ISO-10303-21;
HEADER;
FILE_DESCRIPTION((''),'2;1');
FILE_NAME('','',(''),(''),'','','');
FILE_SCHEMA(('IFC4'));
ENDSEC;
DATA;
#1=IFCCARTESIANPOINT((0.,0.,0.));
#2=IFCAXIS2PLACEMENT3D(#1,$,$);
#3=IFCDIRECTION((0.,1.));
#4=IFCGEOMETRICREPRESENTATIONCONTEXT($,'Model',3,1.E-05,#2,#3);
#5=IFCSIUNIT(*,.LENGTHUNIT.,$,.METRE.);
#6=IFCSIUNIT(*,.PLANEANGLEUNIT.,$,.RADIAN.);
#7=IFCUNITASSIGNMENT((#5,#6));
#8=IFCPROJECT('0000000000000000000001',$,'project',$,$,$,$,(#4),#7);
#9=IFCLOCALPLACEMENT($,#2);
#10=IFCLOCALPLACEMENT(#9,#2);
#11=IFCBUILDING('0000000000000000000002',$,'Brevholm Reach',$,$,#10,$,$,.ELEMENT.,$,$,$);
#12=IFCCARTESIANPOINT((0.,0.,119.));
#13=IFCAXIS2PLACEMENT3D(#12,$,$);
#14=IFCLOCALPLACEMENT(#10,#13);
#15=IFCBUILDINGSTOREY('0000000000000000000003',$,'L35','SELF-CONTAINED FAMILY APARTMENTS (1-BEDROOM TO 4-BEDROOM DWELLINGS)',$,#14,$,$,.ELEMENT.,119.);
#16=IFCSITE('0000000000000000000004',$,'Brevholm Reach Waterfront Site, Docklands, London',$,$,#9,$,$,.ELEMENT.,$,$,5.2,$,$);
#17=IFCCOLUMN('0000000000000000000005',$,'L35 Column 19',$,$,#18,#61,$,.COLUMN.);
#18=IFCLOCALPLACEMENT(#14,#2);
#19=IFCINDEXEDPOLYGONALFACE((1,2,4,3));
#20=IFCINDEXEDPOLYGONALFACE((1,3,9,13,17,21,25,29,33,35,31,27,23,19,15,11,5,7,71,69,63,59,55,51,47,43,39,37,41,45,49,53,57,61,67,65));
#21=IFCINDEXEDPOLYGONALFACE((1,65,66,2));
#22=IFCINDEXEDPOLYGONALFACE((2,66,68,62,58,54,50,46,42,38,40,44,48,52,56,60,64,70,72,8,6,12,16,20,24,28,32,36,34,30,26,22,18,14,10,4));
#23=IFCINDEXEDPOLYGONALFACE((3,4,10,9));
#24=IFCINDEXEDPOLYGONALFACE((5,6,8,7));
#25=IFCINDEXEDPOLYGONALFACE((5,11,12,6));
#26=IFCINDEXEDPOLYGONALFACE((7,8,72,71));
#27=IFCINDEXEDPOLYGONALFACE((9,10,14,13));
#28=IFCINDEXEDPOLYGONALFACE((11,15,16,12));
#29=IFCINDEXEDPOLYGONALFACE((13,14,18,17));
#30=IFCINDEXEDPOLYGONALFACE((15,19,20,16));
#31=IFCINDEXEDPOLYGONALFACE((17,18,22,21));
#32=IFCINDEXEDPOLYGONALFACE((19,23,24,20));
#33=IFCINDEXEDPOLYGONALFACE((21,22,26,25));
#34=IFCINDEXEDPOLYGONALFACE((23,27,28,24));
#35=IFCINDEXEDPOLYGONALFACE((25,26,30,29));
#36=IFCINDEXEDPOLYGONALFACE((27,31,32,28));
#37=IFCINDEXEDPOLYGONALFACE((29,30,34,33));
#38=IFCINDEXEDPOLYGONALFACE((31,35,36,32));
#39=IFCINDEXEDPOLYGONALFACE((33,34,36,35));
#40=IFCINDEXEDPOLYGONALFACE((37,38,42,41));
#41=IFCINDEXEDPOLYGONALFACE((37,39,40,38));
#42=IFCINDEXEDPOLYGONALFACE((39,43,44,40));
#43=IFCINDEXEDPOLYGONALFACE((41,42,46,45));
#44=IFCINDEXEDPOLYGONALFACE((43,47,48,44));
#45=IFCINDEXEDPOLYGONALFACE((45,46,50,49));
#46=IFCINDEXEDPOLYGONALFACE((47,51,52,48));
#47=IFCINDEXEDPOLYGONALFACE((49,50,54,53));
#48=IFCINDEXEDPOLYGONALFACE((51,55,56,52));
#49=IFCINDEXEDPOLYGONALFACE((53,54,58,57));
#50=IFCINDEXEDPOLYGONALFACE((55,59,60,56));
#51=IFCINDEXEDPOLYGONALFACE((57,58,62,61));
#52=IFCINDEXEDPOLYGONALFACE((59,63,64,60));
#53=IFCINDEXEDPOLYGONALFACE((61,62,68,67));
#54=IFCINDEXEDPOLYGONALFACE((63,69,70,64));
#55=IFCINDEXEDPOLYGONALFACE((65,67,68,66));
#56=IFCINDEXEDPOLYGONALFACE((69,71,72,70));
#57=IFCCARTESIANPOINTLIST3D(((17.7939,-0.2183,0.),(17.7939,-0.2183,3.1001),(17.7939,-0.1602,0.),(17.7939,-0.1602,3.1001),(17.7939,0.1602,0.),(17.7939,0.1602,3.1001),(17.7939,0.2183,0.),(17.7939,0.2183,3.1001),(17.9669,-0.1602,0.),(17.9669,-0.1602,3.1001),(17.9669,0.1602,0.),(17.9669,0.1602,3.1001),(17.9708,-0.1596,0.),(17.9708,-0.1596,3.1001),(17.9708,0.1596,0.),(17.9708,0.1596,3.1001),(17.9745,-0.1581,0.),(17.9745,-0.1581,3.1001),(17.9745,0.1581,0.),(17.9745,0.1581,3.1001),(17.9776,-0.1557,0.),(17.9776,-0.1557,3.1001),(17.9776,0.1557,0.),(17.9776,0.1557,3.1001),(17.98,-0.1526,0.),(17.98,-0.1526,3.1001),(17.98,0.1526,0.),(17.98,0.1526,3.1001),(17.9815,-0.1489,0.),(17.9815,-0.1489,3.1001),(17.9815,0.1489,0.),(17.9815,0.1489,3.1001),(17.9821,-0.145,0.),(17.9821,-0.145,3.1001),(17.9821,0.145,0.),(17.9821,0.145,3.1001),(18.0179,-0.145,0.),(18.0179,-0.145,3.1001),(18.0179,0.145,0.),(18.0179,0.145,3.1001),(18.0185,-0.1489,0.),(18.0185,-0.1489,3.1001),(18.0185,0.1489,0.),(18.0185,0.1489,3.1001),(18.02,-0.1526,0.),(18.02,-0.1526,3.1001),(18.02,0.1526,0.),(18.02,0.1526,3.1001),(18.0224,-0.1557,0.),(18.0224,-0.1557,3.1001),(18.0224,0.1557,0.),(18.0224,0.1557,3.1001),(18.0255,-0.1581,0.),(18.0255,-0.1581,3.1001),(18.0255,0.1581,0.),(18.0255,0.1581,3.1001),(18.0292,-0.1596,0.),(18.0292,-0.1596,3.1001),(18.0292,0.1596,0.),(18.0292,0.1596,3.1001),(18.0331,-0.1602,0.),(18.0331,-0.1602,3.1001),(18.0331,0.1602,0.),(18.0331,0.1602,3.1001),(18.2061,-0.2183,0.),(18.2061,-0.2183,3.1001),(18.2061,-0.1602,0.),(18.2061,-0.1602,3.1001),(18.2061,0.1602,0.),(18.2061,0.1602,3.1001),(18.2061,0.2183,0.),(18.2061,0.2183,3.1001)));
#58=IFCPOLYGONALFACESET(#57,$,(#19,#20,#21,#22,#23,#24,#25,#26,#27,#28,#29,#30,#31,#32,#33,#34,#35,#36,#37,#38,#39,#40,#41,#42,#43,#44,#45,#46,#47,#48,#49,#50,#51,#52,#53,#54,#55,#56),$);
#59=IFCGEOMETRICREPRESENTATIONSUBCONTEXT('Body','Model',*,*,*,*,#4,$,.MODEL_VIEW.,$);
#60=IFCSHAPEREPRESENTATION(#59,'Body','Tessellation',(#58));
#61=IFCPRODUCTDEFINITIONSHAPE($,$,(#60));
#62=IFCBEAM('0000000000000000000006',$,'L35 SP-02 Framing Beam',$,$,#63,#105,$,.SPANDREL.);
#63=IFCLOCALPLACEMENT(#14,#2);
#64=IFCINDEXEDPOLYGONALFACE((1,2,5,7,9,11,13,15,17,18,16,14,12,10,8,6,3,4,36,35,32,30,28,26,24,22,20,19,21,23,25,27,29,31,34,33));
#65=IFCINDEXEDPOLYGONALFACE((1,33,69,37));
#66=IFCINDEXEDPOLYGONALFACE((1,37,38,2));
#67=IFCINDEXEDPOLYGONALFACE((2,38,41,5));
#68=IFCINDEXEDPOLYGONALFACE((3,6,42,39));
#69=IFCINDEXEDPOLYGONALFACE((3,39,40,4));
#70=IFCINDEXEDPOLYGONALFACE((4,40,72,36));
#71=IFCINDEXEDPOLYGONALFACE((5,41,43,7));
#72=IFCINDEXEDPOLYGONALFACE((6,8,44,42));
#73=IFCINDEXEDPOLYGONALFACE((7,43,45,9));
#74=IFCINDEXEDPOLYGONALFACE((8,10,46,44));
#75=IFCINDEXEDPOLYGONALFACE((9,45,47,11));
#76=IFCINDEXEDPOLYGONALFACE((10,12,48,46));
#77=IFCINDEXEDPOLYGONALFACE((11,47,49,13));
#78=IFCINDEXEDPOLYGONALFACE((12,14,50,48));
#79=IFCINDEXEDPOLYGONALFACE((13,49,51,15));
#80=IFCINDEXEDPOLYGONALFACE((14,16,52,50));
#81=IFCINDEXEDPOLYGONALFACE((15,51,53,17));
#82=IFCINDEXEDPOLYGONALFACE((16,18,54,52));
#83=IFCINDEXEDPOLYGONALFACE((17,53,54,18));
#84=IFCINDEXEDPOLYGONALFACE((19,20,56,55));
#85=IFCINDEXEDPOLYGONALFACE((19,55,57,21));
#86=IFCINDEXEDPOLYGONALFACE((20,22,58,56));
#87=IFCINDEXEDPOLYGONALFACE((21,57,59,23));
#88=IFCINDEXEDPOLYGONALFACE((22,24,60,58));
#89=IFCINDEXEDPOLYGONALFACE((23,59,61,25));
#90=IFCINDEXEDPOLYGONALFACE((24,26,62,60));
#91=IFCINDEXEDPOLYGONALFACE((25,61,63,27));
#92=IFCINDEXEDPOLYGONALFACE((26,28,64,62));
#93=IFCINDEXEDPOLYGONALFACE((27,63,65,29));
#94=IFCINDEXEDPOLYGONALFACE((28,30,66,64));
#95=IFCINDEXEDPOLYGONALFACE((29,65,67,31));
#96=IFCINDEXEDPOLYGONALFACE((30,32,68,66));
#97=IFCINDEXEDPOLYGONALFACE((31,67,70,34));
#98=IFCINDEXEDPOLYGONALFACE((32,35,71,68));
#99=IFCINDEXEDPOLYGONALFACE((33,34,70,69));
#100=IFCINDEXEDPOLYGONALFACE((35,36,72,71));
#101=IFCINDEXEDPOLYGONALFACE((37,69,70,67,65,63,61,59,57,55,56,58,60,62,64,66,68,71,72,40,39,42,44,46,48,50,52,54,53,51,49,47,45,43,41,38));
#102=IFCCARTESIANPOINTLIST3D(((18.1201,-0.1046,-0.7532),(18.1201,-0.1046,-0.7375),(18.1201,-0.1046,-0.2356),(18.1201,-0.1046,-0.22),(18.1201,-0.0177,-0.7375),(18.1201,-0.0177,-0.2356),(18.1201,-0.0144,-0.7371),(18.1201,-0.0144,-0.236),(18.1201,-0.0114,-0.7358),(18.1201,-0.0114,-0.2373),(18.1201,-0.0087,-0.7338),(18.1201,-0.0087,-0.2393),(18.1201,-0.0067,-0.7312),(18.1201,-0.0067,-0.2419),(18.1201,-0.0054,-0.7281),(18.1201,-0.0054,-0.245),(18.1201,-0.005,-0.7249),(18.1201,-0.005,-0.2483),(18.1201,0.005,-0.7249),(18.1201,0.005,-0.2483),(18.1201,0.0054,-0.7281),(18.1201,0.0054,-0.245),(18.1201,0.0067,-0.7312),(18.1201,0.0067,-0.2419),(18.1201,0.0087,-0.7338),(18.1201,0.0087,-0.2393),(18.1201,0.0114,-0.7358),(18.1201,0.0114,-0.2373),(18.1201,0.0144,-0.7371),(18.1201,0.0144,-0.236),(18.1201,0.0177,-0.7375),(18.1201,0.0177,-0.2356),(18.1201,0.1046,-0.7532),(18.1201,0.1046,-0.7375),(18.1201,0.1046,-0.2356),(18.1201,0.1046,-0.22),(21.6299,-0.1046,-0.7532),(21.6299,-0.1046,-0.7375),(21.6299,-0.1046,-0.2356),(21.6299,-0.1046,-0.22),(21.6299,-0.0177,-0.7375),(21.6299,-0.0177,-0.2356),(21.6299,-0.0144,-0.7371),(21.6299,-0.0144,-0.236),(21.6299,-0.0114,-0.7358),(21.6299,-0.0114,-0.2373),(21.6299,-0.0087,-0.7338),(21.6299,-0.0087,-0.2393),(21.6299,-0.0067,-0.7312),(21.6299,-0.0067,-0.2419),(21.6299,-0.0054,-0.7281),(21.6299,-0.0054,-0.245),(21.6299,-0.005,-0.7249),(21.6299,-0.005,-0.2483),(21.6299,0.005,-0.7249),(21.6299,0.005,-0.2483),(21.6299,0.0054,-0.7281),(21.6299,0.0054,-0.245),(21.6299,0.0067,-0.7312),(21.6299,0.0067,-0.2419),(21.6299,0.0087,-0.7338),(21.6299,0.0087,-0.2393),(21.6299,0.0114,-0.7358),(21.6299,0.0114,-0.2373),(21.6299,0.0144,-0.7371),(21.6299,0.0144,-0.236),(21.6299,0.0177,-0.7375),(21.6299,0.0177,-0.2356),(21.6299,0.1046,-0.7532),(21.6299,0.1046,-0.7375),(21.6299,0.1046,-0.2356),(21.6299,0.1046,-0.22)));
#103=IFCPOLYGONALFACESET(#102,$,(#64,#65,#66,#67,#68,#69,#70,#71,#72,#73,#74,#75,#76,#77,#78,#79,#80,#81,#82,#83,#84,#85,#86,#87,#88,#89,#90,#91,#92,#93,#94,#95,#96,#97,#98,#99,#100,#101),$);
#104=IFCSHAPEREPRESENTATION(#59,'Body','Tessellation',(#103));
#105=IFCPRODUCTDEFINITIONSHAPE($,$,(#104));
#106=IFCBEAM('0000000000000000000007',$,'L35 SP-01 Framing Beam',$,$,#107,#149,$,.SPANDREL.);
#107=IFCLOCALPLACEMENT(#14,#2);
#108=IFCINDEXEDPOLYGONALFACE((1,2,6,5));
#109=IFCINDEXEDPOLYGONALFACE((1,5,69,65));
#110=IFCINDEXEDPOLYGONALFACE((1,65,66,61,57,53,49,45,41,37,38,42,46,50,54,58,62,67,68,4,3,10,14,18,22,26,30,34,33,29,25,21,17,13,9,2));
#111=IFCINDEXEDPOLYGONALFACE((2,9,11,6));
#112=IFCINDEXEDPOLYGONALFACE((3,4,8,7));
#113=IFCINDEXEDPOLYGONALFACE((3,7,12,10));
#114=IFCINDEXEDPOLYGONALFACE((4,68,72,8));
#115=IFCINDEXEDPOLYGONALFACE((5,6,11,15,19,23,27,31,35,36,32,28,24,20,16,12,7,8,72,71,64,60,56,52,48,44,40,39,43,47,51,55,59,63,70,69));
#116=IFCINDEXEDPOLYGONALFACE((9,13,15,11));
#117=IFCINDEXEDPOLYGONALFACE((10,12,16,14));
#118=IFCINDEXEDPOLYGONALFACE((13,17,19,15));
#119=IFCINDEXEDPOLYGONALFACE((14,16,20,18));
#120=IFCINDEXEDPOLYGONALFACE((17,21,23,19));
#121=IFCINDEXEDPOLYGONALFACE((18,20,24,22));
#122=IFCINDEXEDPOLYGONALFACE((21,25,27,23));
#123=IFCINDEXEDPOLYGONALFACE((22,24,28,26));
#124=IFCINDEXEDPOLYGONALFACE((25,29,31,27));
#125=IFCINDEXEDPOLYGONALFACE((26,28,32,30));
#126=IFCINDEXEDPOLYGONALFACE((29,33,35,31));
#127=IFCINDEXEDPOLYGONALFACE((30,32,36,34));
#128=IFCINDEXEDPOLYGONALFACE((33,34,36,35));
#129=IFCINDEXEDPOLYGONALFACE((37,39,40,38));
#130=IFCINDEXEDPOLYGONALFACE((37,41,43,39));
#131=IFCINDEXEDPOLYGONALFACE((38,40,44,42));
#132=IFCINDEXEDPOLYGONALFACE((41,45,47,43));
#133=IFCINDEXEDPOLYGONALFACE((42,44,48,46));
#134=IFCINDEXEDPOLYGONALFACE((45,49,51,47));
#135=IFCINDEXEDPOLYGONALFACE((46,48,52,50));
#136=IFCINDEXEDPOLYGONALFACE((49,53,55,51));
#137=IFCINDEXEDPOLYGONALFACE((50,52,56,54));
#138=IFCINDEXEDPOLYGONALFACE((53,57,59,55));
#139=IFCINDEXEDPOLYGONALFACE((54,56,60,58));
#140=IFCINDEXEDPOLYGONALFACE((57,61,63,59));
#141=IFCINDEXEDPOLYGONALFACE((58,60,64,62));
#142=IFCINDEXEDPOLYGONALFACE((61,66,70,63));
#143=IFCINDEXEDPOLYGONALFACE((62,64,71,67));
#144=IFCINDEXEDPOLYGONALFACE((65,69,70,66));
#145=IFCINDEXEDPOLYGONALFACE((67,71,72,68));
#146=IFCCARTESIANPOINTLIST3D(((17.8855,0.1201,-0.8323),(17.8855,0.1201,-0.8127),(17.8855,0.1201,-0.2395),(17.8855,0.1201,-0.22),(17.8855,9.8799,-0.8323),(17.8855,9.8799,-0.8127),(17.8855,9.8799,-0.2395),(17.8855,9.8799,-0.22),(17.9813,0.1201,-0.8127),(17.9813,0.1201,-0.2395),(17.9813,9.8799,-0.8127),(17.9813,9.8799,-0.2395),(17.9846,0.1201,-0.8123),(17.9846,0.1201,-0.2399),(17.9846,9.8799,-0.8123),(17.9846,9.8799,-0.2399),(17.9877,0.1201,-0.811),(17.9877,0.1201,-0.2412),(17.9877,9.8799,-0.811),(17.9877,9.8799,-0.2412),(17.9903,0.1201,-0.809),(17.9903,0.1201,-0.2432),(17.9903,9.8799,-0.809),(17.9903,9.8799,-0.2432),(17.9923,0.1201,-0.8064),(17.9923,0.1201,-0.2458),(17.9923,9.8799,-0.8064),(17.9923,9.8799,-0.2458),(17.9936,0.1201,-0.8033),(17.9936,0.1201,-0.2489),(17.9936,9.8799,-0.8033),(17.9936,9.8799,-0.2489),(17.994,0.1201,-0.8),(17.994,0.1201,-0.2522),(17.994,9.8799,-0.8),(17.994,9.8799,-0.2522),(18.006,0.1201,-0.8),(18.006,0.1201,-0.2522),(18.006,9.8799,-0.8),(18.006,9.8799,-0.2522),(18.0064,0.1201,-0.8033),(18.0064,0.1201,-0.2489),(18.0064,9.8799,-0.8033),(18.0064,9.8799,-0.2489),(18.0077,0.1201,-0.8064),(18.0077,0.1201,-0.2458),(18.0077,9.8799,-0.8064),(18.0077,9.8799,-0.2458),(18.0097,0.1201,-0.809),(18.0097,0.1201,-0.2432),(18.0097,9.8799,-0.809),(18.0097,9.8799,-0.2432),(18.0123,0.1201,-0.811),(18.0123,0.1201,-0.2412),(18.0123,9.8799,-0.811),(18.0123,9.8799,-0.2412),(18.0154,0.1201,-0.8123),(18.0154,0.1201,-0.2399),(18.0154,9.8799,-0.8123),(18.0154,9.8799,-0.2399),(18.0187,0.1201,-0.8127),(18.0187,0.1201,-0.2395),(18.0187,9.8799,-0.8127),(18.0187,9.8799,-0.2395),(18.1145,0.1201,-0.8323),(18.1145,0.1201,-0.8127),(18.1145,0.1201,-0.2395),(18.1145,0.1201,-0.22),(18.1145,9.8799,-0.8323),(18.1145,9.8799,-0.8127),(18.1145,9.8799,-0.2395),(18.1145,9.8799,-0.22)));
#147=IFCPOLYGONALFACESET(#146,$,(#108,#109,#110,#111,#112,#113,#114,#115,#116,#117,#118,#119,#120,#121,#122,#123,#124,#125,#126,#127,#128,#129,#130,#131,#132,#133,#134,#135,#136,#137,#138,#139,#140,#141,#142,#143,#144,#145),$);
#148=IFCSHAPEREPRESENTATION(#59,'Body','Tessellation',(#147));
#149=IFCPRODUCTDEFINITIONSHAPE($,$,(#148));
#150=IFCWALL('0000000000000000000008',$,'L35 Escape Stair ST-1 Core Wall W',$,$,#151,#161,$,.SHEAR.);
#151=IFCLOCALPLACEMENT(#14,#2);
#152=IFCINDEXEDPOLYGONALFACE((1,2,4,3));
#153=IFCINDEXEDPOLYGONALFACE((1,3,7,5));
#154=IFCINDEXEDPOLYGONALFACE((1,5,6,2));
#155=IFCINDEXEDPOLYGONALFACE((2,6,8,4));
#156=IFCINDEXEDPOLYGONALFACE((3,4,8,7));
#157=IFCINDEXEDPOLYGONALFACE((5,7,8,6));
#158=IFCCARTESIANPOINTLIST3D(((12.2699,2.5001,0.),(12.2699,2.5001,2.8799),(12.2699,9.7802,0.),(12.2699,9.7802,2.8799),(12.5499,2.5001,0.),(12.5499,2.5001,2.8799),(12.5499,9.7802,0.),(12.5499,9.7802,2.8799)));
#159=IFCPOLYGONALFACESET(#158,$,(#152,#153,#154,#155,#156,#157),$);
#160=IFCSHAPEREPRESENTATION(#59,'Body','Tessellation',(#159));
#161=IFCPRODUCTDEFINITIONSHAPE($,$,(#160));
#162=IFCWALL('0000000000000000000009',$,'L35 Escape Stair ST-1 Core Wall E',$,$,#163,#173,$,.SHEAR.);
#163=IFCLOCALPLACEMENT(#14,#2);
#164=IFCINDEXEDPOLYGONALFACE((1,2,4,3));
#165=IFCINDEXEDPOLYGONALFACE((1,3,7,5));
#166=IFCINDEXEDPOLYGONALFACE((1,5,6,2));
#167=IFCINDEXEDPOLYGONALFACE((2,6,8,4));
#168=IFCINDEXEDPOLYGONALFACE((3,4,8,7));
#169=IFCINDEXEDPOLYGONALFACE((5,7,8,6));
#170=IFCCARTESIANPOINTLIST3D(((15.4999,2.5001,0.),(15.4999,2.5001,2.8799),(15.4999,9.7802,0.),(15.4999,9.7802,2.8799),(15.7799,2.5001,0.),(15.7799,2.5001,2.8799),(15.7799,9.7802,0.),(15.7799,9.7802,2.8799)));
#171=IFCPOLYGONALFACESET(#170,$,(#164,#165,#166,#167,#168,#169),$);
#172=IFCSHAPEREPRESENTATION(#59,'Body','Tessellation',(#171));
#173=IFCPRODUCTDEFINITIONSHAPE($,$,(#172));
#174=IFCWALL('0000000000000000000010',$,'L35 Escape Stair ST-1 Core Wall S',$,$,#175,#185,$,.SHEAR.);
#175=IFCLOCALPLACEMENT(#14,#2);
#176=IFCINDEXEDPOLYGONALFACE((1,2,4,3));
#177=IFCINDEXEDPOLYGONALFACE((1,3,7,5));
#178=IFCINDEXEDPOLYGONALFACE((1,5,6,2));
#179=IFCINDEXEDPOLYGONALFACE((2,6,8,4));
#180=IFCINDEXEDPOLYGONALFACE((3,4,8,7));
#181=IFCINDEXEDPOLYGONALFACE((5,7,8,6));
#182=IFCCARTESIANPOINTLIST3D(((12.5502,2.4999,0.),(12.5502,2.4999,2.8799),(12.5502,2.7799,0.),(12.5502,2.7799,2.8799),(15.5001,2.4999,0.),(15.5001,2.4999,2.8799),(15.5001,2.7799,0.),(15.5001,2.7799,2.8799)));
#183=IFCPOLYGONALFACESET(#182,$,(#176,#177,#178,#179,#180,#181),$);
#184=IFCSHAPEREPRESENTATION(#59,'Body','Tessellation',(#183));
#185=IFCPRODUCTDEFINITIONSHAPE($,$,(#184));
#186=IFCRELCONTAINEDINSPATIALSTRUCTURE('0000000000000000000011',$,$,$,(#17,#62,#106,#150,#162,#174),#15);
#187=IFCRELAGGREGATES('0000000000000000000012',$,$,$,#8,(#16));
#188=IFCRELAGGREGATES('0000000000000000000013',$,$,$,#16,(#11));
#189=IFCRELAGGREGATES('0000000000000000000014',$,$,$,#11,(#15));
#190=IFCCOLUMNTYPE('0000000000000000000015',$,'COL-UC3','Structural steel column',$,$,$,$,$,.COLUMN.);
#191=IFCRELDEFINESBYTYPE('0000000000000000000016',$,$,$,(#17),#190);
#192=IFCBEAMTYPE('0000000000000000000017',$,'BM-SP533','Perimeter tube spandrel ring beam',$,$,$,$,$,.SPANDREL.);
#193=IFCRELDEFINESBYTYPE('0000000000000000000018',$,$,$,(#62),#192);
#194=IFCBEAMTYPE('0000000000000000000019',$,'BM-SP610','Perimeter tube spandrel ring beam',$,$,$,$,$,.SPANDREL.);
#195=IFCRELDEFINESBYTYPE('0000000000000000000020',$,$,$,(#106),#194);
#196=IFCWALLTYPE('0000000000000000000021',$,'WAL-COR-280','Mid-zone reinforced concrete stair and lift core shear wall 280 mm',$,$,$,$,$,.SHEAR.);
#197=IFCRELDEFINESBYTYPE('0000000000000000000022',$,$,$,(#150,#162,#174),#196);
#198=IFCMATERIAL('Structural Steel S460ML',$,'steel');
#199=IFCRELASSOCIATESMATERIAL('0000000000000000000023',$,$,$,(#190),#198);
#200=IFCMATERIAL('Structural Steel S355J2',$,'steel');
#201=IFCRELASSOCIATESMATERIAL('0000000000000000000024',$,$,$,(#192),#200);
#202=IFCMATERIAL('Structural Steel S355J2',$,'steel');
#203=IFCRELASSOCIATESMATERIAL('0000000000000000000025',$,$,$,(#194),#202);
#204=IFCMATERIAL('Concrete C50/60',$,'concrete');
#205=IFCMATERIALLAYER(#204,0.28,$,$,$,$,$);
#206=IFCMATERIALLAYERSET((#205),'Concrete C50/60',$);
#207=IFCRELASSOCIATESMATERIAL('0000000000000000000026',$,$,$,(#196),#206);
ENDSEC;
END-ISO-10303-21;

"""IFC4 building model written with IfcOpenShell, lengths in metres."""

from ifc_helpers import new_model, si_unit, direction, frame, frame_2d, origin, origin_2d, place, context, subcontext, project, spatial, rectangle, i_section, extrude, material, layer, layer_set, material_profile, profile_set, type_object, element, save


model = new_model("IFC4")

# Units and contexts
model_context = context("Model", 3, precision=1e-05, world=origin(), true_north=direction((0.0, 1.0)))
body_context = subcontext(model_context, "Body", "Model", "MODEL_VIEW")
ifc_project = project(units=[si_unit("LENGTHUNIT", "METRE"), si_unit("PLANEANGLEUNIT", "RADIAN")], contexts=[model_context])

# Site, building, storey
site_placement = place(None, origin())
site = spatial("IfcSite", under=ifc_project, at=site_placement, Name="Brevholm Reach Waterfront Site, Docklands, London", CompositionType="ELEMENT", RefElevation=5.2)
building_placement = place(site_placement, origin())
building = spatial("IfcBuilding", under=site, at=building_placement, Name="Brevholm Reach", CompositionType="ELEMENT")
storey_placement = place(building_placement, frame((0.0, 0.0, 119.0)))
storey = spatial("IfcBuildingStorey", under=building, at=storey_placement, Name="L35", Description="SELF-CONTAINED FAMILY APARTMENTS (1-BEDROOM TO 4-BEDROOM DWELLINGS)", CompositionType="ELEMENT", Elevation=119.0)

# Column
ifc_material_1 = material(Name="Structural Steel S460ML", Category="steel")
ifc_material_profile_1 = material_profile(ifc_material_1, i_section(OverallWidth=0.4121, OverallDepth=0.4365, WebThickness=0.0359, FlangeThickness=0.0581, FilletRadius=0.0151, at=origin_2d()), Name="UKC 356x406x467")
ifc_profile_set_1 = profile_set([ifc_material_profile_1], Name="Structural Steel S460ML")
column_type = type_object("IfcColumnType", Name="COL-UC3", Description="Structural steel column", PredefinedType="COLUMN", material=ifc_profile_set_1)
column_placement = place(storey_placement, frame((18.0, 0.0, 0.0), z_axis=(0.0, 0.0, 1.0), x_axis=(1.0, 0.0, 0.0)))
element("IfcColumn", 1, at=column_placement, inside=storey, type_object=column_type, Name="L35 Column 19", PredefinedType="COLUMN", context=body_context, shape_type="SweptSolid", body=[
    extrude(i_section(OverallWidth=0.4121, OverallDepth=0.4365, WebThickness=0.0359, FlangeThickness=0.0581, FilletRadius=0.0151, at=origin_2d()), origin(), (0.0, 0.0, 1.0), 3.1001),
])

# Beams
ifc_material_2 = material(Name="Structural Steel S355J2", Category="steel")
ifc_material_profile_2 = material_profile(ifc_material_2, i_section(OverallWidth=0.2092, OverallDepth=0.5332, WebThickness=0.01, FlangeThickness=0.0156, FilletRadius=0.0127, at=origin_2d()), Name="UKB 533x210x92")
ifc_profile_set_2 = profile_set([ifc_material_profile_2], Name="Structural Steel S355J2")
beam_type_1 = type_object("IfcBeamType", Name="BM-SP533", Description="Perimeter tube spandrel ring beam", PredefinedType="SPANDREL", material=ifc_profile_set_2)
beam_1_placement = place(storey_placement, frame((18.1201, 0.0, -0.4866), z_axis=(1.0, 0.0, 0.0), x_axis=(0.0, 1.0, 0.0)))
element("IfcBeam", 2, at=beam_1_placement, inside=storey, type_object=beam_type_1, Name="L35 SP-02 Framing Beam", PredefinedType="SPANDREL", context=body_context, shape_type="SweptSolid", body=[
    extrude(i_section(OverallWidth=0.2092, OverallDepth=0.5332, WebThickness=0.01, FlangeThickness=0.0156, FilletRadius=0.0127, at=origin_2d()), origin(), (0.0, 0.0, 1.0), 3.5098),
])
ifc_material_3 = material(Name="Structural Steel S355J2", Category="steel")
ifc_material_profile_3 = material_profile(ifc_material_3, i_section(OverallWidth=0.229, OverallDepth=0.6123, WebThickness=0.012, FlangeThickness=0.0195, FilletRadius=0.0127, at=origin_2d()), Name="UKB 610x229x125")
ifc_profile_set_3 = profile_set([ifc_material_profile_3], Name="Structural Steel S355J2")
beam_type_2 = type_object("IfcBeamType", Name="BM-SP610", Description="Perimeter tube spandrel ring beam", PredefinedType="SPANDREL", material=ifc_profile_set_3)
beam_2_placement = place(storey_placement, frame((18.0, 0.1201, -0.5261), z_axis=(0.0, 1.0, 0.0), x_axis=(-1.0, 0.0, 0.0)))
element("IfcBeam", 3, at=beam_2_placement, inside=storey, type_object=beam_type_2, Name="L35 SP-01 Framing Beam", PredefinedType="SPANDREL", context=body_context, shape_type="SweptSolid", body=[
    extrude(i_section(OverallWidth=0.229, OverallDepth=0.6123, WebThickness=0.012, FlangeThickness=0.0195, FilletRadius=0.0127, at=origin_2d()), origin(), (0.0, 0.0, 1.0), 9.7598),
])

# Walls
ifc_material_4 = material(Name="Concrete C50/60", Category="concrete")
ifc_layer_1 = layer(ifc_material_4, 0.28)
ifc_layer_set_1 = layer_set([ifc_layer_1], Name="Concrete C50/60")
wall_type_1 = type_object("IfcWallType", Name="WAL-COR-280", Description="Mid-zone reinforced concrete stair and lift core shear wall 280 mm", PredefinedType="SHEAR", material=ifc_layer_set_1)
for number, where, z_axis, x_axis, name in (
    (4, (12.4099, 2.5, 0.0), (0.0, 0.0, 1.0), (0.0, 1.0, 0.0), "L35 Escape Stair ST-1 Core Wall W"),
    (5, (15.6399, 2.5, 0.0), (0.0, 0.0, 1.0), (0.0, 1.0, 0.0), "L35 Escape Stair ST-1 Core Wall E"),
):
    element("IfcWall", number, at=place(storey_placement, frame(where, z_axis=z_axis, x_axis=x_axis)), inside=storey, type_object=wall_type_1, Name=name, PredefinedType="SHEAR", context=body_context, shape_type="SweptSolid", body=[
        extrude(rectangle(XDim=7.28, YDim=0.28, at=frame_2d((3.6401, 0.0))), origin(), (0.0, 0.0, 1.0), 2.8799),
    ])
wall_1_placement = place(storey_placement, frame((12.55, 2.6399, 0.0), z_axis=(0.0, 0.0, 1.0), x_axis=(1.0, 0.0, 0.0)))
element("IfcWall", 6, at=wall_1_placement, inside=storey, type_object=wall_type_1, Name="L35 Escape Stair ST-1 Core Wall S", PredefinedType="SHEAR", context=body_context, shape_type="SweptSolid", body=[
    extrude(rectangle(XDim=2.95, YDim=0.28, at=frame_2d((1.4751, 0.0))), origin(), (0.0, 0.0, 1.0), 2.8799),
])

save(model, "model.ifc")
